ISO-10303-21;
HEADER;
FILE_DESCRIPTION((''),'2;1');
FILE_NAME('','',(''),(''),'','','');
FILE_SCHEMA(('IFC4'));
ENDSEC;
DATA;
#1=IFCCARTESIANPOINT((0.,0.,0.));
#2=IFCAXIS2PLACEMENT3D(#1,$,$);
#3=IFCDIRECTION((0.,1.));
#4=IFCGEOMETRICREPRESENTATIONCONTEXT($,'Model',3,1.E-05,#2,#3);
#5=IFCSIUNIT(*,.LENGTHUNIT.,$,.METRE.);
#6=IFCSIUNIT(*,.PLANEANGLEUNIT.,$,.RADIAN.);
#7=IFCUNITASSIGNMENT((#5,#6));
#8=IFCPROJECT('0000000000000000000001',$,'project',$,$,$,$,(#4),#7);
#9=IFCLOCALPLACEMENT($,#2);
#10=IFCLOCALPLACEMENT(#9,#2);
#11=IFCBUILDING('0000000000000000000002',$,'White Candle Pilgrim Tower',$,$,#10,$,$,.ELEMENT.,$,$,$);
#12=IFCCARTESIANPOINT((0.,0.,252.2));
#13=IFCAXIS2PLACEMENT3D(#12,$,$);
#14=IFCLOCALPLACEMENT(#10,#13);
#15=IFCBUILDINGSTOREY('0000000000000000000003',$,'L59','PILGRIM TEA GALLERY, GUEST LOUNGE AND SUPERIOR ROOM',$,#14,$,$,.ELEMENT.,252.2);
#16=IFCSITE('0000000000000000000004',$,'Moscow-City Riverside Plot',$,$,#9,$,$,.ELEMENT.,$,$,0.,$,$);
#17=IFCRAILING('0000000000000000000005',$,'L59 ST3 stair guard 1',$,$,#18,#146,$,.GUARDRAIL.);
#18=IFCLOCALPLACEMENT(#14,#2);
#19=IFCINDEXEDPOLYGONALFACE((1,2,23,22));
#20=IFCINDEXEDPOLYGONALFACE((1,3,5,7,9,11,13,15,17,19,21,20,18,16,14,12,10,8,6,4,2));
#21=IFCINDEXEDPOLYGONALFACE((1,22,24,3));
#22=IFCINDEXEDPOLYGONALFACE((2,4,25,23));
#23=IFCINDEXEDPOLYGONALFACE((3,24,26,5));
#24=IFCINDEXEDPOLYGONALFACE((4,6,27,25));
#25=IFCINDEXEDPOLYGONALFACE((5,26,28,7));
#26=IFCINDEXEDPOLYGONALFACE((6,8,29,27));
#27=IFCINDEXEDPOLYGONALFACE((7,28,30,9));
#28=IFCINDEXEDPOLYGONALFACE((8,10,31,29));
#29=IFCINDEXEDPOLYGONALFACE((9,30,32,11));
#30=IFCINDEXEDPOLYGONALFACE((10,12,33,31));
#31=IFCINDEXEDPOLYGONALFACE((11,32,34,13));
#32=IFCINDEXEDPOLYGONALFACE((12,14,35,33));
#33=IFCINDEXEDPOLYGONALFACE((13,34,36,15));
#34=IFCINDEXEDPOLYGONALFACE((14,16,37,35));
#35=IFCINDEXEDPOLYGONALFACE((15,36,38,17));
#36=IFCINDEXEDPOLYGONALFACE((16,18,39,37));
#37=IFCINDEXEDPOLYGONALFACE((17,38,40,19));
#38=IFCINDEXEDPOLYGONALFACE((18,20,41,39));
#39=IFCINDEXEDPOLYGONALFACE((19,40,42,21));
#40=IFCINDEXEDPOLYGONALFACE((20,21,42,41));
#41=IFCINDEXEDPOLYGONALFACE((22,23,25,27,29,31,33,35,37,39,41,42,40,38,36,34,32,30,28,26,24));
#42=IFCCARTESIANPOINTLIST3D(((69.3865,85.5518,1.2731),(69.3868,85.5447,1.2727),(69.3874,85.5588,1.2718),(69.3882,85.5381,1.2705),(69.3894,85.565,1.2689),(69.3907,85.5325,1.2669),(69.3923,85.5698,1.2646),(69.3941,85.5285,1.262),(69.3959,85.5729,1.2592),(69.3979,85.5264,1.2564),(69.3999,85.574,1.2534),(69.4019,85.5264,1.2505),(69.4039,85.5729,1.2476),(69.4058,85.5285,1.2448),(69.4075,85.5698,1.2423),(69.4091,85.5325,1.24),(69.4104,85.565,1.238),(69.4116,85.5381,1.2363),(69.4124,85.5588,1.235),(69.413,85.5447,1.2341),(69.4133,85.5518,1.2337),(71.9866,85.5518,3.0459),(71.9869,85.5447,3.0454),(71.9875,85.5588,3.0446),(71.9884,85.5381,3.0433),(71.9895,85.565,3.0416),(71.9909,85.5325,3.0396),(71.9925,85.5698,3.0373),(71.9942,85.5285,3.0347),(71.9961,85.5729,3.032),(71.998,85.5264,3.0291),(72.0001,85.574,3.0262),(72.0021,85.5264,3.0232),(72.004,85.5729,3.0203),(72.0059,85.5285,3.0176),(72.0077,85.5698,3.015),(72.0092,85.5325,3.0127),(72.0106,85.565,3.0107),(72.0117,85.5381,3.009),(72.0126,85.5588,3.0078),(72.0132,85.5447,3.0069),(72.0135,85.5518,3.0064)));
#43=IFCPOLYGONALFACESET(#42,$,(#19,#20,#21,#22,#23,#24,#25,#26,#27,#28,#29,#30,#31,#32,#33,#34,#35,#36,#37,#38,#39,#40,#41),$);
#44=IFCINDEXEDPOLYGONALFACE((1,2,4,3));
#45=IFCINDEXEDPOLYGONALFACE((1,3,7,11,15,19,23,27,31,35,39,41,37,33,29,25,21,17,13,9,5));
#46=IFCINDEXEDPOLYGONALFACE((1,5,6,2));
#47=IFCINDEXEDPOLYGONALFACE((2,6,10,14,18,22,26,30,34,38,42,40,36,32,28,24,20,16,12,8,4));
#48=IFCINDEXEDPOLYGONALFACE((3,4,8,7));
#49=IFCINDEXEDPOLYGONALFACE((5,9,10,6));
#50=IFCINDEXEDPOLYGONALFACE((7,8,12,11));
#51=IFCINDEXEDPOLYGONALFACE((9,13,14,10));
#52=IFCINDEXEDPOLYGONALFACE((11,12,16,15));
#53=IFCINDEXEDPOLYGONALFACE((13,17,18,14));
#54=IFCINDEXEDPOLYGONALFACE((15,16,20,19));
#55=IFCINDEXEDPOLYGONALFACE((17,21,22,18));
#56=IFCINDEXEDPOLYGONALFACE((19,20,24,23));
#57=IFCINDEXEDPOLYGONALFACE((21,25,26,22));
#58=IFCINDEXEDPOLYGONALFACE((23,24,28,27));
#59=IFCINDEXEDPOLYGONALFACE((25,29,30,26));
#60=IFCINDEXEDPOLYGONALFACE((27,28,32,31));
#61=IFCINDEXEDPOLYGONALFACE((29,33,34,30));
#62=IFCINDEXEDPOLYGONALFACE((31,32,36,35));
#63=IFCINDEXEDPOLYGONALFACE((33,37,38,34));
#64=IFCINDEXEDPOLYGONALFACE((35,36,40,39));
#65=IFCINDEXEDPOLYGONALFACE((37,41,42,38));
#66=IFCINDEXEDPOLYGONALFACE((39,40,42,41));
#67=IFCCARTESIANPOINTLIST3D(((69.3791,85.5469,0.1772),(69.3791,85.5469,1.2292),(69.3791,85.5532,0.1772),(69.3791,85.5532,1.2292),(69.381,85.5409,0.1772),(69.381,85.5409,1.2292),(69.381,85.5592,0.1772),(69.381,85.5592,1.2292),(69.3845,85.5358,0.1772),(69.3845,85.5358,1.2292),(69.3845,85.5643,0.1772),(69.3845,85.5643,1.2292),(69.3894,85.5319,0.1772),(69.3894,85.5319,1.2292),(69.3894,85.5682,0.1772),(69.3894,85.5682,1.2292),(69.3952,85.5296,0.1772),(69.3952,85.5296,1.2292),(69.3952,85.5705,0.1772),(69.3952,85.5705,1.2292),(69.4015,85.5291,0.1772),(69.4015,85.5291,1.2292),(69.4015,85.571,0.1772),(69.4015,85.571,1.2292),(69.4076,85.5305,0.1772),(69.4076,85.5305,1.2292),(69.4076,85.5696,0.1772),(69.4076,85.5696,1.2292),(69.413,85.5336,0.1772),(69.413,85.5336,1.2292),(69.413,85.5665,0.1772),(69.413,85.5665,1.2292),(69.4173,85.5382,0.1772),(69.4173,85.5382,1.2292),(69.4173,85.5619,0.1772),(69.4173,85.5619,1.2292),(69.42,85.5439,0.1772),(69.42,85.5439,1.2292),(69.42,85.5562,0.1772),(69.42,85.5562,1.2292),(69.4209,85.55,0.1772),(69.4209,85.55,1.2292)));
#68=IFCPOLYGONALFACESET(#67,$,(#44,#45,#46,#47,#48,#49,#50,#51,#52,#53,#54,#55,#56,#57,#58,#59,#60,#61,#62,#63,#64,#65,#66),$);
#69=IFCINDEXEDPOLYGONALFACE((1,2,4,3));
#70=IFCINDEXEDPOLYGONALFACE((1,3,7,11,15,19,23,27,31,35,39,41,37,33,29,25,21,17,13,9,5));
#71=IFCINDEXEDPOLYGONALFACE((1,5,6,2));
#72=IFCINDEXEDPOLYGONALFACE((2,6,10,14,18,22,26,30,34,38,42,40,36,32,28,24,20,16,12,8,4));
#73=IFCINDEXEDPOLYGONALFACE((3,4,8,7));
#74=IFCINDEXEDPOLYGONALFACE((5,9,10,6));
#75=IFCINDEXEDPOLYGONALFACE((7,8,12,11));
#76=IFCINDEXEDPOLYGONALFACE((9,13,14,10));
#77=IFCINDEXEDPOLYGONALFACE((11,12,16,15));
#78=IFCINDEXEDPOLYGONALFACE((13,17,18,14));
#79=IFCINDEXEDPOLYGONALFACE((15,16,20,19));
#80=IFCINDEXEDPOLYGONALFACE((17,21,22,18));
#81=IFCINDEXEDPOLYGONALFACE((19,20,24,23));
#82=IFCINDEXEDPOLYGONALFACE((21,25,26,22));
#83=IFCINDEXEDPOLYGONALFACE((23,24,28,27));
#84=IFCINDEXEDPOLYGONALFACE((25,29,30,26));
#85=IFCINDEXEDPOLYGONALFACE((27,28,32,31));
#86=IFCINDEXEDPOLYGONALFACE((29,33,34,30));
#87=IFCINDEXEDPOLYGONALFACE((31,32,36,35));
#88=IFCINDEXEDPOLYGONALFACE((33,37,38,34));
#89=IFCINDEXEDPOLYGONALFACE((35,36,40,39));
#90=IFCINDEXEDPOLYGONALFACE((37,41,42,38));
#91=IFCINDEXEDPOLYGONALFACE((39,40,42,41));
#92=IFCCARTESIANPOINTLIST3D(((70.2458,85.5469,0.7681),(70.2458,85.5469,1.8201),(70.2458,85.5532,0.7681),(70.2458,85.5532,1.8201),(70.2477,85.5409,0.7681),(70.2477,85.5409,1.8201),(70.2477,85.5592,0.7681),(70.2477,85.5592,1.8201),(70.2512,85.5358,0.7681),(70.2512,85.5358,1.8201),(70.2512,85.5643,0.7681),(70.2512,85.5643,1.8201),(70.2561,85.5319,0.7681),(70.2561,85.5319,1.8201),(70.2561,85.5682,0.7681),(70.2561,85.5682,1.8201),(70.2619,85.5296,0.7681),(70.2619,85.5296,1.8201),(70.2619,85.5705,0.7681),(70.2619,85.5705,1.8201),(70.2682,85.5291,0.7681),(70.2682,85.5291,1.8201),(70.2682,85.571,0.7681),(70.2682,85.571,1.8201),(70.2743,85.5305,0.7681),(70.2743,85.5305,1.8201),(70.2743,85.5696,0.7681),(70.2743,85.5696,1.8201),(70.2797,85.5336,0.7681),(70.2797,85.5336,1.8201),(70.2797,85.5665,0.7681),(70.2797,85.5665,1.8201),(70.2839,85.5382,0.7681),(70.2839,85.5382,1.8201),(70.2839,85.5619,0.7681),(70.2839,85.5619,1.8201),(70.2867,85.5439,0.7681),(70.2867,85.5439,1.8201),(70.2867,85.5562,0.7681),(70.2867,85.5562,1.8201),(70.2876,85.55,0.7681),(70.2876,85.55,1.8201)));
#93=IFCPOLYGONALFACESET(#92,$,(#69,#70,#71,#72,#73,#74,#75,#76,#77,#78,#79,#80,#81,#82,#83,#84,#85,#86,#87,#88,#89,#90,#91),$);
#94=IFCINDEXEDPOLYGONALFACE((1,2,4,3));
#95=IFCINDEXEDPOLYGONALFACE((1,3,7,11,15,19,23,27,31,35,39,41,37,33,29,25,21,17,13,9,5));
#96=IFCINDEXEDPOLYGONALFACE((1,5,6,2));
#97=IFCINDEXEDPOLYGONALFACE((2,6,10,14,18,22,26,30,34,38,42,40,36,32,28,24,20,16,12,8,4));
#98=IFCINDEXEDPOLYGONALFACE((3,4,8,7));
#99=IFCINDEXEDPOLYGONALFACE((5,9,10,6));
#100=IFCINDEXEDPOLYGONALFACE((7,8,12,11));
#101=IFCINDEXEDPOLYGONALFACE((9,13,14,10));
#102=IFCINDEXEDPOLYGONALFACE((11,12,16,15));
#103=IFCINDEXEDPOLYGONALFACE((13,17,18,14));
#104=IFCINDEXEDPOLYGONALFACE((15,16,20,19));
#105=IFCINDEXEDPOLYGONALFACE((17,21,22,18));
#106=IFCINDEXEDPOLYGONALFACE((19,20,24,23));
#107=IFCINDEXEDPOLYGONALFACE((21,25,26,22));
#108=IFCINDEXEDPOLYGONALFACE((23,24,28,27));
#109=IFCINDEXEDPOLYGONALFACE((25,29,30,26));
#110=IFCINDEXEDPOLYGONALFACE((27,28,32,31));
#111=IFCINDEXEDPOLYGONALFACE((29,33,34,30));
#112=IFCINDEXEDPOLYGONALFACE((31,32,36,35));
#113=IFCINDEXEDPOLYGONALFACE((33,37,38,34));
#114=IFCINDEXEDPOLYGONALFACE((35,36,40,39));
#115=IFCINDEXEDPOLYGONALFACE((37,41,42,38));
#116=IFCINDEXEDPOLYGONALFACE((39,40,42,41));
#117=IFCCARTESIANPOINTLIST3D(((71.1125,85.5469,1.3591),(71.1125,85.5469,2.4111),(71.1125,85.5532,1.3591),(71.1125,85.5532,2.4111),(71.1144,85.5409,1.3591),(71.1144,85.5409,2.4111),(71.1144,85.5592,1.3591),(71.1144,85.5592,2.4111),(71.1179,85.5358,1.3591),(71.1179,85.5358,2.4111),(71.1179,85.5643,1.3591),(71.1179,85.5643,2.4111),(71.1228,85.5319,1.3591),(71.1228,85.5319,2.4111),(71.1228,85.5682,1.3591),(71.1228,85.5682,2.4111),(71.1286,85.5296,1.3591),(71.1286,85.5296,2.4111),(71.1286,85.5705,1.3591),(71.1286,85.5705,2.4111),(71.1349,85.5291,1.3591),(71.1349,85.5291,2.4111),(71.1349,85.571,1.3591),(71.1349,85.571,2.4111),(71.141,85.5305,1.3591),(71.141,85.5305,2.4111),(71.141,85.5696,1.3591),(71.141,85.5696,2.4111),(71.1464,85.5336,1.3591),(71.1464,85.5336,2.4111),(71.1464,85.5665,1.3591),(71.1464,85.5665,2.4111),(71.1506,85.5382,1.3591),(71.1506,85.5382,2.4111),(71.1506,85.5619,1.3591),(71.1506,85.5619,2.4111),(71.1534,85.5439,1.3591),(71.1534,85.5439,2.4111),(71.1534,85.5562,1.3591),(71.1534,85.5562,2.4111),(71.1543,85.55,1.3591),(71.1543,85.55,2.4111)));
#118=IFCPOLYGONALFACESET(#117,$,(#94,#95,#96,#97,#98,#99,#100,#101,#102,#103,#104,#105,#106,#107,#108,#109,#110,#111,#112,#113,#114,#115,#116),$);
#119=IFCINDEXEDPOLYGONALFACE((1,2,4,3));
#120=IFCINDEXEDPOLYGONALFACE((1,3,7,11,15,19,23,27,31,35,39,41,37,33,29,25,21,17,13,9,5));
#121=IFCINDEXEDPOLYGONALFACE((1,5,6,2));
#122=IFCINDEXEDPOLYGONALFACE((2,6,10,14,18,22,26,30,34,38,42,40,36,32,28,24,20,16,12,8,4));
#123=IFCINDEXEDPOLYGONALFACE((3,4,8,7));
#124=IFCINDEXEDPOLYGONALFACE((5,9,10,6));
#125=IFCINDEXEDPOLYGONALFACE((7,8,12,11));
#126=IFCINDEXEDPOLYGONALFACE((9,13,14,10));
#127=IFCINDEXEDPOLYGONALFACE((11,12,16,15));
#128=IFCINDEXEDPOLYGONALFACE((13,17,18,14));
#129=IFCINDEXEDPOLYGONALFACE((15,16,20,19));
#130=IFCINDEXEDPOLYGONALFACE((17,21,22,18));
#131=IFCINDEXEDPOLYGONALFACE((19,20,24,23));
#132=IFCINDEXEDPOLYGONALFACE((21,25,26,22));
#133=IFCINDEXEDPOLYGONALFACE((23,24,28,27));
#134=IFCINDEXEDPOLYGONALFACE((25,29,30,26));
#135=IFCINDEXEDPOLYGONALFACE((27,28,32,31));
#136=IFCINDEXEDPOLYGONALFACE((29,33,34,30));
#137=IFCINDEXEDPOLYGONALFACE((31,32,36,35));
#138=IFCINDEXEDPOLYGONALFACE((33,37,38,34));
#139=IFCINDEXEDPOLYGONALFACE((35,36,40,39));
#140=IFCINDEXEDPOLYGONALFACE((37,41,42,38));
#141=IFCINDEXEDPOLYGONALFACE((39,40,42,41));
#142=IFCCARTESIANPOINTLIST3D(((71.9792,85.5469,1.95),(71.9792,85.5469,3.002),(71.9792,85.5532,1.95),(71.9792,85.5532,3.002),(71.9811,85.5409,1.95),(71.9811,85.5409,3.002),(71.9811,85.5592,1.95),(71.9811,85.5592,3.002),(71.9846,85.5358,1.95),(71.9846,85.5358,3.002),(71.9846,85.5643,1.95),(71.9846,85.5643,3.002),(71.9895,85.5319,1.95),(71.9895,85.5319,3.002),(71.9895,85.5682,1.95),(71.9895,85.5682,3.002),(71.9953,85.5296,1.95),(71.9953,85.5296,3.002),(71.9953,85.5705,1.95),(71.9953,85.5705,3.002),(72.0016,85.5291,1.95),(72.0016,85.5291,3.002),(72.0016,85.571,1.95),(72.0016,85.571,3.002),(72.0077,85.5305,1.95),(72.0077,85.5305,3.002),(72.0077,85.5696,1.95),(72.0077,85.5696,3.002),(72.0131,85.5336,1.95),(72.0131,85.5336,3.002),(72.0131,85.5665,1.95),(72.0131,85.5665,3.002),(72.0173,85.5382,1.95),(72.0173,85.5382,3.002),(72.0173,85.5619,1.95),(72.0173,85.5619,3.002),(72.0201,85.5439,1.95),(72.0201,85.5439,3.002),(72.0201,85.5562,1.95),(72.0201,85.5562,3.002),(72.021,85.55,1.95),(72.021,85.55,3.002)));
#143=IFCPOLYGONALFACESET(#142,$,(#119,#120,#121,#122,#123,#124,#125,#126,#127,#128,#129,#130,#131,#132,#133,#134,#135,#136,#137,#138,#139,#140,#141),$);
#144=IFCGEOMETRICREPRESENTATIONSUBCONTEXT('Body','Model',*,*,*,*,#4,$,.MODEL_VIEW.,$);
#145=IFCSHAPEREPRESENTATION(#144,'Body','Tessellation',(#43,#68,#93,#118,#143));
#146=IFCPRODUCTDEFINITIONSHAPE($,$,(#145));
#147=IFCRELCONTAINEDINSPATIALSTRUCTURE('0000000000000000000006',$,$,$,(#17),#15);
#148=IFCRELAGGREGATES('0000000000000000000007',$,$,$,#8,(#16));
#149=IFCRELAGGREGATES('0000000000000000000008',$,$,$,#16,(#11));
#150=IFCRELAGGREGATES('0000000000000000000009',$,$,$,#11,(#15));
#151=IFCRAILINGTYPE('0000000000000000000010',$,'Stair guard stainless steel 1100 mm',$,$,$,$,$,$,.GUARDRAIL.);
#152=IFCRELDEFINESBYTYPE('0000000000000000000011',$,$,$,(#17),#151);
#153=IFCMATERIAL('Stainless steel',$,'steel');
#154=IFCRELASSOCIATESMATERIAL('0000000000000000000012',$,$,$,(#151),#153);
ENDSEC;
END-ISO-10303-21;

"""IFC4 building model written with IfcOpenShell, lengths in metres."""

from ifc_helpers import new_model, si_unit, direction, frame, origin, origin_2d, place, context, subcontext, project, spatial, circle, extrude, material, type_object, element, save


model = new_model("IFC4")

# Units and contexts
model_context = context("Model", 3, precision=1e-05, world=origin(), true_north=direction((0.0, 1.0)))
body_context = subcontext(model_context, "Body", "Model", "MODEL_VIEW")
ifc_project = project(units=[si_unit("LENGTHUNIT", "METRE"), si_unit("PLANEANGLEUNIT", "RADIAN")], contexts=[model_context])

# Site, building, storey
site_placement = place(None, origin())
site = spatial("IfcSite", under=ifc_project, at=site_placement, Name="Moscow-City Riverside Plot", CompositionType="ELEMENT", RefElevation=0.0)
building_placement = place(site_placement, origin())
building = spatial("IfcBuilding", under=site, at=building_placement, Name="White Candle Pilgrim Tower", CompositionType="ELEMENT")
storey_placement = place(building_placement, frame((0.0, 0.0, 252.2)))
storey = spatial("IfcBuildingStorey", under=building, at=storey_placement, Name="L59", Description="PILGRIM TEA GALLERY, GUEST LOUNGE AND SUPERIOR ROOM", CompositionType="ELEMENT", Elevation=252.2)

# Railing
ifc_material_1 = material(Name="Stainless steel", Category="steel")
railing_type_1 = type_object("IfcRailingType", Name="Stair guard stainless steel 1100 mm", PredefinedType="GUARDRAIL", material=ifc_material_1)
railing_1_placement = place(storey_placement, frame((69.3999, 85.55, 0.1772)))
element("IfcRailing", 1, at=railing_1_placement, inside=storey, type_object=railing_type_1, Name="L59 ST3 stair guard 1", PredefinedType="GUARDRAIL", context=body_context, shape_type="SweptSolid", body=[
    extrude(circle(Radius=0.0239, at=origin_2d()), frame((0.0, 0.0, 1.0762), z_axis=(0.82624, 0.0, 0.563318), x_axis=(0.0, 1.0, 0.0)), (0.0, 0.0, 1.0), 3.147),
    extrude(circle(Radius=0.021, at=origin_2d()), origin(), (0.0, 0.0, 1.0), 1.052),
    extrude(circle(Radius=0.021, at=origin_2d()), frame((0.8667, 0.0, 0.5908)), (0.0, 0.0, 1.0), 1.052),
    extrude(circle(Radius=0.021, at=origin_2d()), frame((1.7334, 0.0, 1.1819)), (0.0, 0.0, 1.0), 1.052),
    extrude(circle(Radius=0.021, at=origin_2d()), frame((2.6001, 0.0, 1.7727)), (0.0, 0.0, 1.0), 1.052),
])

save(model, "model.ifc")
